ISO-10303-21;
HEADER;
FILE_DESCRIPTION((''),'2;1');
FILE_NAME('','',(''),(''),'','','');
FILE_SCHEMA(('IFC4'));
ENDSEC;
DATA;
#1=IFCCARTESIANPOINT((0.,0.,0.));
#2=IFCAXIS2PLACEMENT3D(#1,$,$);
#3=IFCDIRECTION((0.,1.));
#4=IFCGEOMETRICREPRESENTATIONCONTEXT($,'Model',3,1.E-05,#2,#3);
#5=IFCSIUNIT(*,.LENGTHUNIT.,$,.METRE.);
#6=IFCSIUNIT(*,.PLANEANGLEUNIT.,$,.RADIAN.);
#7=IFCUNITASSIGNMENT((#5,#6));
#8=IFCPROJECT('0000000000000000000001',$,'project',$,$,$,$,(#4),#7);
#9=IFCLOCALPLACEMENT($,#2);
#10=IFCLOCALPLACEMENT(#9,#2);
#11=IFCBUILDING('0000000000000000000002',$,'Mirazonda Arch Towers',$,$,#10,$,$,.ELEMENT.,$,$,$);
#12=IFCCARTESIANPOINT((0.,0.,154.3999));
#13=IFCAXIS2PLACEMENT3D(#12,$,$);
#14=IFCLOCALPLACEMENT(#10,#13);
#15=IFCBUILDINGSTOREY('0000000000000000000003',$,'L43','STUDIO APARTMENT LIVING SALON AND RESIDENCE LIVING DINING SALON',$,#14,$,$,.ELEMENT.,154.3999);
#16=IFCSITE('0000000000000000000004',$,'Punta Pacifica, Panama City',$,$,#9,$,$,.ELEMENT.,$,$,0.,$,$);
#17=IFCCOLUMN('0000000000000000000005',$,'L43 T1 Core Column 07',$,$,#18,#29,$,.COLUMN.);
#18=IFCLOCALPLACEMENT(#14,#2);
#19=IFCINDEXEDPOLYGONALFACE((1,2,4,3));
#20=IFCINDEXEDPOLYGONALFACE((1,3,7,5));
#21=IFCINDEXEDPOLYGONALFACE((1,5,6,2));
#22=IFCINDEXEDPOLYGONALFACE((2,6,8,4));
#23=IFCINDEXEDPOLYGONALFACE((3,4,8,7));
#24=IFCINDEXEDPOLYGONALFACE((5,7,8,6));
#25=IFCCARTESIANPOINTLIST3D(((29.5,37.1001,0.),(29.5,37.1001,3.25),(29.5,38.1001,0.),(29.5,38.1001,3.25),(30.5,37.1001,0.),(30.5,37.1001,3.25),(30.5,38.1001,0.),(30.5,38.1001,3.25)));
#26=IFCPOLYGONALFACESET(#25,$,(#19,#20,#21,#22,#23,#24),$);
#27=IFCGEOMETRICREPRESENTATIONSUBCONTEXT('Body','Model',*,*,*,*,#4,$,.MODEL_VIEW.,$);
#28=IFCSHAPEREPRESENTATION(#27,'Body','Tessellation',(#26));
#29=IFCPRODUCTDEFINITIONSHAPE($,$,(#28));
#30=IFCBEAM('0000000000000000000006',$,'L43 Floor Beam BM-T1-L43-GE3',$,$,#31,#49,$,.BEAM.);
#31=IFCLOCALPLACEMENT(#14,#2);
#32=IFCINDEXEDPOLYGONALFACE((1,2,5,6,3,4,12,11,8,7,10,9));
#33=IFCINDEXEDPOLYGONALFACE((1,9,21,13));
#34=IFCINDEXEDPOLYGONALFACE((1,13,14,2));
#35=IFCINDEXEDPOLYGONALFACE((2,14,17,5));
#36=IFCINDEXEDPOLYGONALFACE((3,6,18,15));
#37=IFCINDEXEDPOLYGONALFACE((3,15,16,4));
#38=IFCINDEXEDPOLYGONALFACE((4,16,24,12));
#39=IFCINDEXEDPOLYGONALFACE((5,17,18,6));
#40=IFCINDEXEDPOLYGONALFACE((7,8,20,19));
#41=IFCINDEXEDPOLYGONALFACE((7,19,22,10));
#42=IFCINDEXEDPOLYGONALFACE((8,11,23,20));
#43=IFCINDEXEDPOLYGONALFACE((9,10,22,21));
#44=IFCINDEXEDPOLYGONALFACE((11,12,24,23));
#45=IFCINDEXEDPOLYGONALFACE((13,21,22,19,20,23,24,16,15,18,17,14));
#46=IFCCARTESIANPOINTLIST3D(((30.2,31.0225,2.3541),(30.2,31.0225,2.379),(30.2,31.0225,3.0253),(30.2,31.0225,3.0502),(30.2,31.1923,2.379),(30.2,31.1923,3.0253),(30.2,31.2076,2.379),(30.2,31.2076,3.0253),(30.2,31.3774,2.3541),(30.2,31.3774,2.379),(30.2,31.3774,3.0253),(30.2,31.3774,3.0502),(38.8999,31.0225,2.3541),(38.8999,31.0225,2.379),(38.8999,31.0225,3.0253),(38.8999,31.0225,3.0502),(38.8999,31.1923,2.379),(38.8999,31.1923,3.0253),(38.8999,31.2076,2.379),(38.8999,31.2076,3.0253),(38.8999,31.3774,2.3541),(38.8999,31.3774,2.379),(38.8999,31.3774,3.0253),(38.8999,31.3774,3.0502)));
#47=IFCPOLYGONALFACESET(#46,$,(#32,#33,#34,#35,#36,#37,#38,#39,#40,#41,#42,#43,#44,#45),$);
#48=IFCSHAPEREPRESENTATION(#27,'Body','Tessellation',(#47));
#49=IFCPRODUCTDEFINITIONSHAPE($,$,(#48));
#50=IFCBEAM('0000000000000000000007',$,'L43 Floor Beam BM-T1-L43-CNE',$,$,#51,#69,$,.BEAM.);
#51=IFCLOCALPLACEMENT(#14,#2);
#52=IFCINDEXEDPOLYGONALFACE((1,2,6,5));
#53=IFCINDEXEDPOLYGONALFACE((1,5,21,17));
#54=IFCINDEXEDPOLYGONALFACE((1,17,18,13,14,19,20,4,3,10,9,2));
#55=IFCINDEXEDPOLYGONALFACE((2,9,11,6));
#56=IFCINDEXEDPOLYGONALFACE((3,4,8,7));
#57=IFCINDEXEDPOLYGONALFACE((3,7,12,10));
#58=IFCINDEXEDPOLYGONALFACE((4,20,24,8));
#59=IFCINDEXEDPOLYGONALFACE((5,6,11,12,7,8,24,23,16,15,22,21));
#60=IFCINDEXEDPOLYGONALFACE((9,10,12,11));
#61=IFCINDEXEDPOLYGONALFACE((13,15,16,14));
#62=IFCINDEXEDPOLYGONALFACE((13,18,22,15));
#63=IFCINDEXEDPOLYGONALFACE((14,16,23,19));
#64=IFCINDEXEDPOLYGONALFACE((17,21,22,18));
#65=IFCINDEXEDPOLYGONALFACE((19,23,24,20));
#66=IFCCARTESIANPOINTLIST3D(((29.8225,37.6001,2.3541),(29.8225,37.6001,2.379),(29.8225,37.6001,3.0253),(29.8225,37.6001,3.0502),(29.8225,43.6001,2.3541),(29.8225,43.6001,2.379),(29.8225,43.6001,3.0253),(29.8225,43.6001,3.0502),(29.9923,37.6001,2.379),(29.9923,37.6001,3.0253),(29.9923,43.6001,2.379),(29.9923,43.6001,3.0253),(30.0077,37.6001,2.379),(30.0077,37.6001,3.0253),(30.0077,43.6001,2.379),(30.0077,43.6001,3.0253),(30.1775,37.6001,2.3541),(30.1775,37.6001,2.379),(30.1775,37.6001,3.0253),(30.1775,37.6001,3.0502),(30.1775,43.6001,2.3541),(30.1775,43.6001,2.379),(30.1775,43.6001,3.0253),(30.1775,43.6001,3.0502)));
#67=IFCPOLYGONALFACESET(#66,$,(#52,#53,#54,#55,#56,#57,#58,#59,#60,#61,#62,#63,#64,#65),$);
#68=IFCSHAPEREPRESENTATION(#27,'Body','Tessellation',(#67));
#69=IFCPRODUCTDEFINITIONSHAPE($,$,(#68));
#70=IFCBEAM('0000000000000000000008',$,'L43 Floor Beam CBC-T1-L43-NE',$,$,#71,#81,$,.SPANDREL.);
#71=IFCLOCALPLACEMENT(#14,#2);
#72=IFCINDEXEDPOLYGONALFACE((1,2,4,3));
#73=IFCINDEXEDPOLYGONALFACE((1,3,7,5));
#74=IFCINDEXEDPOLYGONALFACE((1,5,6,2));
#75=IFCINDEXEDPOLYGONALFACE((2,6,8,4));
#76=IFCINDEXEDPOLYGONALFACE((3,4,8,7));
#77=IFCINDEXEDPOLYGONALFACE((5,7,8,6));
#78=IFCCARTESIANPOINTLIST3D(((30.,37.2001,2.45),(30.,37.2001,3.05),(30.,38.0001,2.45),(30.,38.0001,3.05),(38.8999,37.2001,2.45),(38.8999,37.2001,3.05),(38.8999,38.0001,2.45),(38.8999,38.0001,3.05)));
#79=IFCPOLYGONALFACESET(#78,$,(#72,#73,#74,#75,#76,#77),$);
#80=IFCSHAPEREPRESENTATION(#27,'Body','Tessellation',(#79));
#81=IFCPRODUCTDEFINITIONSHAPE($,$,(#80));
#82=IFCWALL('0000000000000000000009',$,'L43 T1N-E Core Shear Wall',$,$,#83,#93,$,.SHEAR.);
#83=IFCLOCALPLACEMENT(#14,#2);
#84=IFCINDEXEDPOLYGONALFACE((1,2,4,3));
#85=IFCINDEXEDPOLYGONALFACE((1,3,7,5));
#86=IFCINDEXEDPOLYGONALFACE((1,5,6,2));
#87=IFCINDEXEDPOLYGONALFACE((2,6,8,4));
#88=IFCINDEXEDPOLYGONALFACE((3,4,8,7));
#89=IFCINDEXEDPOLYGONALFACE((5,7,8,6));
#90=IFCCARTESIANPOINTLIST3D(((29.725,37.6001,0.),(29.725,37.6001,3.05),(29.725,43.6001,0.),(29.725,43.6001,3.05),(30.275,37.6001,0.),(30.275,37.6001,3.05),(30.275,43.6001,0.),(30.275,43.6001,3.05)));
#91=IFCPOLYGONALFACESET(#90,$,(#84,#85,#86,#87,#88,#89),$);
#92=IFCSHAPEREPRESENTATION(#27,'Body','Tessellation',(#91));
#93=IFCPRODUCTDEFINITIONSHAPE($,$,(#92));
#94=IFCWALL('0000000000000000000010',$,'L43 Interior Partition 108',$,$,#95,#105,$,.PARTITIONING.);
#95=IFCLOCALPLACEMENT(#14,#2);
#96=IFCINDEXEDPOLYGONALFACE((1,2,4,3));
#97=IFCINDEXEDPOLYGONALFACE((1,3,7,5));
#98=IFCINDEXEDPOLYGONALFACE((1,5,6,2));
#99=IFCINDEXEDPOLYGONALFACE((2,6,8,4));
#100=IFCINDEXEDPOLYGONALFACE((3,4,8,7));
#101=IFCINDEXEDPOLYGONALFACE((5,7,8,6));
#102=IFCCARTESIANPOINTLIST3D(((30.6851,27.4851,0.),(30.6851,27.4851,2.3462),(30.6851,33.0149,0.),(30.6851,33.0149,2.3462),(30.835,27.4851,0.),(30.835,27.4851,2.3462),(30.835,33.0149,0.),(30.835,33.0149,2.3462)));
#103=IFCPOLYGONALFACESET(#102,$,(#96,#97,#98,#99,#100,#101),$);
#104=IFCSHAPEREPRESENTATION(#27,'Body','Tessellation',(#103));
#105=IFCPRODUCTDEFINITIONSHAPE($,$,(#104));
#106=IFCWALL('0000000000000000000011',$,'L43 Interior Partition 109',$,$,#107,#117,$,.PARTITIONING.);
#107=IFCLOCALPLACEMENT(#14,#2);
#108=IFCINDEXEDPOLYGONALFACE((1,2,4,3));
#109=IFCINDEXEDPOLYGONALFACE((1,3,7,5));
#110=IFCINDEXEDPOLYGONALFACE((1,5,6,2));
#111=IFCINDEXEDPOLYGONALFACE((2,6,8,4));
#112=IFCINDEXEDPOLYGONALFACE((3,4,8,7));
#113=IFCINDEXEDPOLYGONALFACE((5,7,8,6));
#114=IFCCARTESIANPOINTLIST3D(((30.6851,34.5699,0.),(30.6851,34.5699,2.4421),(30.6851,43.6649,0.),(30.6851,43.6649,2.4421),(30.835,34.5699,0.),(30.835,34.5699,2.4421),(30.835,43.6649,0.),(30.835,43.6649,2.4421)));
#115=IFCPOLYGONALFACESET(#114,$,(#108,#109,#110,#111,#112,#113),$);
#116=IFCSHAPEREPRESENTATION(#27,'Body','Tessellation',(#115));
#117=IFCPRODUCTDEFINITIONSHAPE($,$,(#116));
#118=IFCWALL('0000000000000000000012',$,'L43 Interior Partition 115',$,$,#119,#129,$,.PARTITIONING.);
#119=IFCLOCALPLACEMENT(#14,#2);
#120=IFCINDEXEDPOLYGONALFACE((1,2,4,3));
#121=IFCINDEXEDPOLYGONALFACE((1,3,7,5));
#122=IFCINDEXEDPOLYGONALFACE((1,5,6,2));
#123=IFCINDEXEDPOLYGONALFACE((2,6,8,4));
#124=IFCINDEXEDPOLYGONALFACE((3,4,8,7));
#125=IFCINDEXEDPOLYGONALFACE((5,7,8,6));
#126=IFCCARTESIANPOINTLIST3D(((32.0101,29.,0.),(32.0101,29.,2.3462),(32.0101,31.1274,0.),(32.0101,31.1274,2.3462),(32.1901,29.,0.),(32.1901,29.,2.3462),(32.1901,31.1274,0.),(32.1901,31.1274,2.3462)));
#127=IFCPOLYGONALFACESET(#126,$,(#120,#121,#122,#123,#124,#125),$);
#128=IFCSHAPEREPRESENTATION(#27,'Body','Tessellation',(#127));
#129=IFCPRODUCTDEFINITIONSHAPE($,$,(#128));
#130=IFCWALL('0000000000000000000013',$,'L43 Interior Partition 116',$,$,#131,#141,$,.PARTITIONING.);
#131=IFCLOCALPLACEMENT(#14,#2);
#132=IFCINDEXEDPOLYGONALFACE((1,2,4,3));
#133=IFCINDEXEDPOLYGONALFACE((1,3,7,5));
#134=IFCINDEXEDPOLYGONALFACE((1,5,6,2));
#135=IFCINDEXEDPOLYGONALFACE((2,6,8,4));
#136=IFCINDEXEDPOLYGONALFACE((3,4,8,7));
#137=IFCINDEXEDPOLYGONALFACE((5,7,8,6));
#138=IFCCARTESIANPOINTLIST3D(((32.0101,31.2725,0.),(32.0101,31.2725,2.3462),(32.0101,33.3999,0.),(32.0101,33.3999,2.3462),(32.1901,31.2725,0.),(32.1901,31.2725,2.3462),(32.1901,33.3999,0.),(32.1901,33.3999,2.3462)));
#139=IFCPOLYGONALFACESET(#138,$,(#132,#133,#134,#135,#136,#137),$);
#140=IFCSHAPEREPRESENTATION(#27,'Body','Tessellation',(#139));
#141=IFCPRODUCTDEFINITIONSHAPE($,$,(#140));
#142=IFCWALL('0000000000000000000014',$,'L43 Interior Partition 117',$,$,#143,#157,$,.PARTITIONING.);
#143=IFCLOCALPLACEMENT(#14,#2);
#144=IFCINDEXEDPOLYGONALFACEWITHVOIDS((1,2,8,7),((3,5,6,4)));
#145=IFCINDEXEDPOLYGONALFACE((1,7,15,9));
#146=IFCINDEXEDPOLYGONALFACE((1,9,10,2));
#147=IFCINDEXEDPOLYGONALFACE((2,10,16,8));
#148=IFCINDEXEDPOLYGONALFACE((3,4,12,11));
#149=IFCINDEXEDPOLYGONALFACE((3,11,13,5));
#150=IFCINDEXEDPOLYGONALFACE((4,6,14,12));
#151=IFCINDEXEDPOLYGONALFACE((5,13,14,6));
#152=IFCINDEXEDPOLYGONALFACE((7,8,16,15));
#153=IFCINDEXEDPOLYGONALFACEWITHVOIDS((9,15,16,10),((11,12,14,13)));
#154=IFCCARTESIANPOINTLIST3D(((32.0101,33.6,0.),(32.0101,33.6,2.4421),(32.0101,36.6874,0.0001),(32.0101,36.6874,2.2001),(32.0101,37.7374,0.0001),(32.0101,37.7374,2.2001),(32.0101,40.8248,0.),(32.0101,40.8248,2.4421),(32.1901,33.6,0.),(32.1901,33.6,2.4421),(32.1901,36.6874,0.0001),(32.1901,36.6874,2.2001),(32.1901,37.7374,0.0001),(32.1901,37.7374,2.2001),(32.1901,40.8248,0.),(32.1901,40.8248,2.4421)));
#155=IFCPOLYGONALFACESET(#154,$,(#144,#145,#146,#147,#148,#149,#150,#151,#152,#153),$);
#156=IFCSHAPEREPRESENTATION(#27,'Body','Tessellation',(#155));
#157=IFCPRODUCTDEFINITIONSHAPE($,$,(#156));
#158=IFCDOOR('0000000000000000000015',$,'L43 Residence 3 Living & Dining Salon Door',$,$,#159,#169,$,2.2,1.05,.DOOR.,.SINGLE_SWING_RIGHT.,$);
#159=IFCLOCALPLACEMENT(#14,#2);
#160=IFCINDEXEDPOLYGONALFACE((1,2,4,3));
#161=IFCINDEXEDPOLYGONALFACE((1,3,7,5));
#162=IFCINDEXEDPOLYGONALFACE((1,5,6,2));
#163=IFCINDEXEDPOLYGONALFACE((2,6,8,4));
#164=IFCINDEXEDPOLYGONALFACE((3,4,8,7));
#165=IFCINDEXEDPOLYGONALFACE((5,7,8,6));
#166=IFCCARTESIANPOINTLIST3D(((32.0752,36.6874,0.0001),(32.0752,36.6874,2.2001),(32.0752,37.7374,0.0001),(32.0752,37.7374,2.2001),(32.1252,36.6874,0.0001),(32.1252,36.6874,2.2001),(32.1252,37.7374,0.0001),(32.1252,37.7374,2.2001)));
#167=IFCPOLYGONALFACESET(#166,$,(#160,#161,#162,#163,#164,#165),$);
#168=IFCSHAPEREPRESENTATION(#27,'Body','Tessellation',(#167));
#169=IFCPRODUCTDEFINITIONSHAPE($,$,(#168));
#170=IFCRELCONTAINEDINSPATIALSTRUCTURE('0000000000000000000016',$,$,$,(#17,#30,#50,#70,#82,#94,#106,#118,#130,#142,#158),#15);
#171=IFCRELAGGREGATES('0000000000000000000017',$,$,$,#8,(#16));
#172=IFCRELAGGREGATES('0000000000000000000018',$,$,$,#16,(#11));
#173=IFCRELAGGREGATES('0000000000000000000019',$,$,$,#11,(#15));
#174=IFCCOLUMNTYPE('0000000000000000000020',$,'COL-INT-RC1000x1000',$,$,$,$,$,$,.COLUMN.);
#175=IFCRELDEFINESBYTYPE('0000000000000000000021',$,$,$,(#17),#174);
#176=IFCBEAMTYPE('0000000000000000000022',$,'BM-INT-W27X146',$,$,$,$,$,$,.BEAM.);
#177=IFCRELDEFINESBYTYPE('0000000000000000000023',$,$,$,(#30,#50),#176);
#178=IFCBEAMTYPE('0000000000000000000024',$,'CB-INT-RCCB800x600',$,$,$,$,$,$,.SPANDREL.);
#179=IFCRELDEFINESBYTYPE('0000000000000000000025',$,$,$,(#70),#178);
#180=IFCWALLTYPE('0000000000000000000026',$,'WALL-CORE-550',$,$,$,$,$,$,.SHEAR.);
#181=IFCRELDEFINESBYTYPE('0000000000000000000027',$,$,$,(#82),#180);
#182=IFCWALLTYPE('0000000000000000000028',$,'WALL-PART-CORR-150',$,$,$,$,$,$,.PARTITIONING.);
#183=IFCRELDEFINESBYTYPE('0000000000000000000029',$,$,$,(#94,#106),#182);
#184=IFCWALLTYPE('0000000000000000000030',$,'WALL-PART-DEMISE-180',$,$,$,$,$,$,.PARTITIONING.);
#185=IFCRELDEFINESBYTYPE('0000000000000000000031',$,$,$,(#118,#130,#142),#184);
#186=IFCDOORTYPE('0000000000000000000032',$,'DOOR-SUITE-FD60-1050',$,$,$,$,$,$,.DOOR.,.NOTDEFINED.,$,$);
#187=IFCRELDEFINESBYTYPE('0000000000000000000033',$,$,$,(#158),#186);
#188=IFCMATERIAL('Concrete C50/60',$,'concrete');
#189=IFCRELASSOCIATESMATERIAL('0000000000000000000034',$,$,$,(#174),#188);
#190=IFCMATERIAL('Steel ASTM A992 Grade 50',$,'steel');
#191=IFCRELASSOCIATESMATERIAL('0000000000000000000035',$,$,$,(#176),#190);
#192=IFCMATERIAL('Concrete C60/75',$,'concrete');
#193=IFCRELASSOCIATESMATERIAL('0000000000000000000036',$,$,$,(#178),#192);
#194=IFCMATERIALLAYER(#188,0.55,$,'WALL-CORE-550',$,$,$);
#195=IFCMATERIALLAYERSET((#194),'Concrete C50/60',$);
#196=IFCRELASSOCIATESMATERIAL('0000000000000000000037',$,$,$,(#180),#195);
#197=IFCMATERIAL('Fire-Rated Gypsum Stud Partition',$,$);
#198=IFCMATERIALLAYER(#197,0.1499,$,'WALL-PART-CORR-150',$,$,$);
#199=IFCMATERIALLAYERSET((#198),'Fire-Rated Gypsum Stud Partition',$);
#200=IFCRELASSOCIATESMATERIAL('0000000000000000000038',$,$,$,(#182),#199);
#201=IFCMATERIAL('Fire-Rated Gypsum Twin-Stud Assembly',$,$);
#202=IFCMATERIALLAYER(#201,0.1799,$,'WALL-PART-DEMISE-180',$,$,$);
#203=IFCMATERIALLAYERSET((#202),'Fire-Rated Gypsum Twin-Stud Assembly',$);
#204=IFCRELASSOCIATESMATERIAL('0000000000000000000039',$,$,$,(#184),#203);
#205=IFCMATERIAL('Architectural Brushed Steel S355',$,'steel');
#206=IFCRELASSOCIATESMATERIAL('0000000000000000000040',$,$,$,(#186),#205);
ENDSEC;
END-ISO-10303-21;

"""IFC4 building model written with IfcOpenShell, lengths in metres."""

from ifc_helpers import new_model, si_unit, direction, frame, frame_2d, origin, origin_2d, place, context, subcontext, project, spatial, rectangle, i_section, extrude, material, layer, layer_set, material_profile, profile_set, type_object, element, fill, save


model = new_model("IFC4")

# Units and contexts
model_context = context("Model", 3, precision=1e-05, world=origin(), true_north=direction((0.0, 1.0)))
body_context = subcontext(model_context, "Body", "Model", "MODEL_VIEW")
ifc_project = project(units=[si_unit("LENGTHUNIT", "METRE"), si_unit("PLANEANGLEUNIT", "RADIAN")], contexts=[model_context])

# Site, building, storey
site_placement = place(None, origin())
site = spatial("IfcSite", under=ifc_project, at=site_placement, Name="Punta Pacifica, Panama City", CompositionType="ELEMENT", RefElevation=0.0)
building_placement = place(site_placement, origin())
building = spatial("IfcBuilding", under=site, at=building_placement, Name="Mirazonda Arch Towers", CompositionType="ELEMENT")
storey_placement = place(building_placement, frame((0.0, 0.0, 154.3999)))
storey = spatial("IfcBuildingStorey", under=building, at=storey_placement, Name="L43", Description="STUDIO APARTMENT LIVING SALON AND RESIDENCE LIVING DINING SALON", CompositionType="ELEMENT", Elevation=154.3999)

# Column
ifc_material_1 = material(Name="Concrete C50/60", Category="concrete")
ifc_material_profile_1 = material_profile(ifc_material_1, rectangle(XDim=1.0, YDim=1.0, at=origin_2d()), Name="RC1000x1000")
ifc_profile_set_1 = profile_set([ifc_material_profile_1], Name="Concrete C50/60")
column_type = type_object("IfcColumnType", Name="COL-INT-RC1000x1000", PredefinedType="COLUMN", material=ifc_profile_set_1)
column_placement = place(storey_placement, frame((30.0, 37.6001, 0.0), z_axis=(0.0, 0.0, 1.0), x_axis=(1.0, 0.0, 0.0)))
element("IfcColumn", 1, at=column_placement, inside=storey, type_object=column_type, Name="L43 T1 Core Column 07", PredefinedType="COLUMN", context=body_context, shape_type="SweptSolid", body=[
    extrude(rectangle(XDim=1.0, YDim=1.0, at=origin_2d()), origin(), (0.0, 0.0, 1.0), 3.25),
])

# Beams
ifc_material_2 = material(Name="Steel ASTM A992 Grade 50", Category="steel")
ifc_material_profile_2 = material_profile(ifc_material_2, i_section(OverallWidth=0.355, OverallDepth=0.696, WebThickness=0.0154, FlangeThickness=0.0249, at=origin_2d()), Name="W27X146")
ifc_profile_set_2 = profile_set([ifc_material_profile_2], Name="Steel ASTM A992 Grade 50")
beam_type_1 = type_object("IfcBeamType", Name="BM-INT-W27X146", PredefinedType="BEAM", material=ifc_profile_set_2)
beam_1_placement = place(storey_placement, frame((30.2, 31.2, 2.7021), z_axis=(1.0, 0.0, 0.0), x_axis=(0.0, 1.0, 0.0)))
element("IfcBeam", 2, at=beam_1_placement, inside=storey, type_object=beam_type_1, Name="L43 Floor Beam BM-T1-L43-GE3", PredefinedType="BEAM", context=body_context, shape_type="SweptSolid", body=[
    extrude(i_section(OverallWidth=0.355, OverallDepth=0.696, WebThickness=0.0154, FlangeThickness=0.0249, at=origin_2d()), origin(), (0.0, 0.0, 1.0), 8.7),
])
beam_2_placement = place(storey_placement, frame((30.0, 37.6001, 2.7021), z_axis=(0.0, 1.0, 0.0), x_axis=(-1.0, 0.0, 0.0)))
element("IfcBeam", 3, at=beam_2_placement, inside=storey, type_object=beam_type_1, Name="L43 Floor Beam BM-T1-L43-CNE", PredefinedType="BEAM", context=body_context, shape_type="SweptSolid", body=[
    extrude(i_section(OverallWidth=0.355, OverallDepth=0.696, WebThickness=0.0154, FlangeThickness=0.0249, at=origin_2d()), origin(), (0.0, 0.0, 1.0), 6.0),
])
ifc_material_3 = material(Name="Concrete C60/75", Category="concrete")
ifc_material_profile_3 = material_profile(ifc_material_3, rectangle(XDim=0.8, YDim=0.6001, at=origin_2d()), Name="RCCB800x600")
ifc_profile_set_3 = profile_set([ifc_material_profile_3], Name="Concrete C60/75")
beam_type_2 = type_object("IfcBeamType", Name="CB-INT-RCCB800x600", PredefinedType="SPANDREL", material=ifc_profile_set_3)
beam_3_placement = place(storey_placement, frame((30.0, 37.6001, 2.75), z_axis=(1.0, 0.0, 0.0), x_axis=(0.0, 1.0, 0.0)))
element("IfcBeam", 4, at=beam_3_placement, inside=storey, type_object=beam_type_2, Name="L43 Floor Beam CBC-T1-L43-NE", PredefinedType="SPANDREL", context=body_context, shape_type="SweptSolid", body=[
    extrude(rectangle(XDim=0.8, YDim=0.6001, at=origin_2d()), origin(), (0.0, 0.0, 1.0), 8.8999),
])

# Walls
ifc_layer_1 = layer(ifc_material_1, 0.55, Name="WALL-CORE-550")
ifc_layer_set_1 = layer_set([ifc_layer_1], Name="Concrete C50/60")
wall_type_1 = type_object("IfcWallType", Name="WALL-CORE-550", PredefinedType="SHEAR", material=ifc_layer_set_1)
wall_1_placement = place(storey_placement, frame((30.0, 37.6001, 0.0), z_axis=(0.0, 0.0, 1.0), x_axis=(0.0, 1.0, 0.0)))
element("IfcWall", 5, at=wall_1_placement, inside=storey, type_object=wall_type_1, Name="L43 T1N-E Core Shear Wall", PredefinedType="SHEAR", context=body_context, shape_type="SweptSolid", body=[
    extrude(rectangle(XDim=6.0, YDim=0.55, at=frame_2d((3.0, 0.0))), origin(), (0.0, 0.0, 1.0), 3.05),
])
ifc_material_4 = material(Name="Fire-Rated Gypsum Stud Partition")
ifc_layer_2 = layer(ifc_material_4, 0.1499, Name="WALL-PART-CORR-150")
ifc_layer_set_2 = layer_set([ifc_layer_2], Name="Fire-Rated Gypsum Stud Partition")
wall_type_2 = type_object("IfcWallType", Name="WALL-PART-CORR-150", PredefinedType="PARTITIONING", material=ifc_layer_set_2)
wall_2_placement = place(storey_placement, frame((30.76, 27.4851, 0.0), z_axis=(0.0, 0.0, 1.0), x_axis=(0.0, 1.0, 0.0)))
element("IfcWall", 6, at=wall_2_placement, inside=storey, type_object=wall_type_2, Name="L43 Interior Partition 108", PredefinedType="PARTITIONING", context=body_context, shape_type="SweptSolid", body=[
    extrude(rectangle(XDim=5.5298, YDim=0.1499, at=frame_2d((2.7649, 0.0))), origin(), (0.0, 0.0, 1.0), 2.3462),
])
wall_3_placement = place(storey_placement, frame((30.76, 34.5701, 0.0), z_axis=(0.0, 0.0, 1.0), x_axis=(0.0, 1.0, 0.0)))
element("IfcWall", 7, at=wall_3_placement, inside=storey, type_object=wall_type_2, Name="L43 Interior Partition 109", PredefinedType="PARTITIONING", context=body_context, shape_type="SweptSolid", body=[
    extrude(rectangle(XDim=9.095, YDim=0.1499, at=frame_2d((4.5474, 0.0))), origin(), (0.0, 0.0, 1.0), 2.4421),
])

# Shared definitions
ifc_material_5 = material(Name="Fire-Rated Gypsum Twin-Stud Assembly")
ifc_layer_3 = layer(ifc_material_5, 0.1799, Name="WALL-PART-DEMISE-180")
ifc_layer_set_3 = layer_set([ifc_layer_3], Name="Fire-Rated Gypsum Twin-Stud Assembly")
wall_type_3 = type_object("IfcWallType", Name="WALL-PART-DEMISE-180", PredefinedType="PARTITIONING", material=ifc_layer_set_3)
ifc_material_6 = material(Name="Architectural Brushed Steel S355", Category="steel")

# Walls
for number, where, z_axis, x_axis, name in (
    (8, (32.1001, 29.0, 0.0), (0.0, 0.0, 1.0), (0.0, 1.0, 0.0), "L43 Interior Partition 115"),
    (9, (32.1001, 31.2725, 0.0), (0.0, 0.0, 1.0), (0.0, 1.0, 0.0), "L43 Interior Partition 116"),
):
    element("IfcWall", number, at=place(storey_placement, frame(where, z_axis=z_axis, x_axis=x_axis)), inside=storey, type_object=wall_type_3, Name=name, PredefinedType="PARTITIONING", context=body_context, shape_type="SweptSolid", body=[
        extrude(rectangle(XDim=2.1274, YDim=0.1799, at=frame_2d((1.0637, 0.0))), origin(), (0.0, 0.0, 1.0), 2.3462),
    ])

# Wall, opening, door
wall_4_placement = place(storey_placement, frame((32.1001, 33.6001, 0.0), z_axis=(0.0, 0.0, 1.0), x_axis=(0.0, 1.0, 0.0)))
wall_4 = element("IfcWall", 10, at=wall_4_placement, inside=storey, type_object=wall_type_3, Name="L43 Interior Partition 117", PredefinedType="PARTITIONING", context=body_context, shape_type="SweptSolid", body=[
    extrude(rectangle(XDim=7.2249, YDim=0.1799, at=frame_2d((3.6123, 0.0))), origin(), (0.0, 0.0, 1.0), 2.4421),
])
opening_1_placement = place(wall_4_placement, frame((3.0874, 0.0, 0.0)))
opening_1 = element("IfcOpeningElement", 11, at=opening_1_placement, cuts=wall_4, PredefinedType="OPENING", context=body_context, shape_type="SweptSolid", body=[
    extrude(rectangle(XDim=1.05, YDim=2.2, at=frame_2d((0.5249, 1.1001))), frame((0.0, 0.0999, 0.0), z_axis=(0.0, -1.0, 0.0), x_axis=(1.0, 0.0, 0.0)), (0.0, 0.0, 1.0), 0.2),
])
door_type_1 = type_object("IfcDoorType", Name="DOOR-SUITE-FD60-1050", OperationType="NOTDEFINED", PredefinedType="DOOR", material=ifc_material_6)
door_1_placement = place(opening_1_placement, origin())
door_1 = element("IfcDoor", 12, at=door_1_placement, inside=storey, type_object=door_type_1, Name="L43 Residence 3 Living & Dining Salon Door", OperationType="SINGLE_SWING_RIGHT", OverallHeight=2.2, OverallWidth=1.05, PredefinedType="DOOR", context=body_context, shape_type="SweptSolid", body=[
    extrude(rectangle(XDim=1.05, YDim=2.2, at=frame_2d((0.5249, 1.1001))), frame((0.0, 0.0249, 0.0), z_axis=(0.0, -1.0, 0.0), x_axis=(1.0, 0.0, 0.0)), (0.0, 0.0, 1.0), 0.05),
])
fill(opening_1, door_1)

save(model, "model.ifc")
